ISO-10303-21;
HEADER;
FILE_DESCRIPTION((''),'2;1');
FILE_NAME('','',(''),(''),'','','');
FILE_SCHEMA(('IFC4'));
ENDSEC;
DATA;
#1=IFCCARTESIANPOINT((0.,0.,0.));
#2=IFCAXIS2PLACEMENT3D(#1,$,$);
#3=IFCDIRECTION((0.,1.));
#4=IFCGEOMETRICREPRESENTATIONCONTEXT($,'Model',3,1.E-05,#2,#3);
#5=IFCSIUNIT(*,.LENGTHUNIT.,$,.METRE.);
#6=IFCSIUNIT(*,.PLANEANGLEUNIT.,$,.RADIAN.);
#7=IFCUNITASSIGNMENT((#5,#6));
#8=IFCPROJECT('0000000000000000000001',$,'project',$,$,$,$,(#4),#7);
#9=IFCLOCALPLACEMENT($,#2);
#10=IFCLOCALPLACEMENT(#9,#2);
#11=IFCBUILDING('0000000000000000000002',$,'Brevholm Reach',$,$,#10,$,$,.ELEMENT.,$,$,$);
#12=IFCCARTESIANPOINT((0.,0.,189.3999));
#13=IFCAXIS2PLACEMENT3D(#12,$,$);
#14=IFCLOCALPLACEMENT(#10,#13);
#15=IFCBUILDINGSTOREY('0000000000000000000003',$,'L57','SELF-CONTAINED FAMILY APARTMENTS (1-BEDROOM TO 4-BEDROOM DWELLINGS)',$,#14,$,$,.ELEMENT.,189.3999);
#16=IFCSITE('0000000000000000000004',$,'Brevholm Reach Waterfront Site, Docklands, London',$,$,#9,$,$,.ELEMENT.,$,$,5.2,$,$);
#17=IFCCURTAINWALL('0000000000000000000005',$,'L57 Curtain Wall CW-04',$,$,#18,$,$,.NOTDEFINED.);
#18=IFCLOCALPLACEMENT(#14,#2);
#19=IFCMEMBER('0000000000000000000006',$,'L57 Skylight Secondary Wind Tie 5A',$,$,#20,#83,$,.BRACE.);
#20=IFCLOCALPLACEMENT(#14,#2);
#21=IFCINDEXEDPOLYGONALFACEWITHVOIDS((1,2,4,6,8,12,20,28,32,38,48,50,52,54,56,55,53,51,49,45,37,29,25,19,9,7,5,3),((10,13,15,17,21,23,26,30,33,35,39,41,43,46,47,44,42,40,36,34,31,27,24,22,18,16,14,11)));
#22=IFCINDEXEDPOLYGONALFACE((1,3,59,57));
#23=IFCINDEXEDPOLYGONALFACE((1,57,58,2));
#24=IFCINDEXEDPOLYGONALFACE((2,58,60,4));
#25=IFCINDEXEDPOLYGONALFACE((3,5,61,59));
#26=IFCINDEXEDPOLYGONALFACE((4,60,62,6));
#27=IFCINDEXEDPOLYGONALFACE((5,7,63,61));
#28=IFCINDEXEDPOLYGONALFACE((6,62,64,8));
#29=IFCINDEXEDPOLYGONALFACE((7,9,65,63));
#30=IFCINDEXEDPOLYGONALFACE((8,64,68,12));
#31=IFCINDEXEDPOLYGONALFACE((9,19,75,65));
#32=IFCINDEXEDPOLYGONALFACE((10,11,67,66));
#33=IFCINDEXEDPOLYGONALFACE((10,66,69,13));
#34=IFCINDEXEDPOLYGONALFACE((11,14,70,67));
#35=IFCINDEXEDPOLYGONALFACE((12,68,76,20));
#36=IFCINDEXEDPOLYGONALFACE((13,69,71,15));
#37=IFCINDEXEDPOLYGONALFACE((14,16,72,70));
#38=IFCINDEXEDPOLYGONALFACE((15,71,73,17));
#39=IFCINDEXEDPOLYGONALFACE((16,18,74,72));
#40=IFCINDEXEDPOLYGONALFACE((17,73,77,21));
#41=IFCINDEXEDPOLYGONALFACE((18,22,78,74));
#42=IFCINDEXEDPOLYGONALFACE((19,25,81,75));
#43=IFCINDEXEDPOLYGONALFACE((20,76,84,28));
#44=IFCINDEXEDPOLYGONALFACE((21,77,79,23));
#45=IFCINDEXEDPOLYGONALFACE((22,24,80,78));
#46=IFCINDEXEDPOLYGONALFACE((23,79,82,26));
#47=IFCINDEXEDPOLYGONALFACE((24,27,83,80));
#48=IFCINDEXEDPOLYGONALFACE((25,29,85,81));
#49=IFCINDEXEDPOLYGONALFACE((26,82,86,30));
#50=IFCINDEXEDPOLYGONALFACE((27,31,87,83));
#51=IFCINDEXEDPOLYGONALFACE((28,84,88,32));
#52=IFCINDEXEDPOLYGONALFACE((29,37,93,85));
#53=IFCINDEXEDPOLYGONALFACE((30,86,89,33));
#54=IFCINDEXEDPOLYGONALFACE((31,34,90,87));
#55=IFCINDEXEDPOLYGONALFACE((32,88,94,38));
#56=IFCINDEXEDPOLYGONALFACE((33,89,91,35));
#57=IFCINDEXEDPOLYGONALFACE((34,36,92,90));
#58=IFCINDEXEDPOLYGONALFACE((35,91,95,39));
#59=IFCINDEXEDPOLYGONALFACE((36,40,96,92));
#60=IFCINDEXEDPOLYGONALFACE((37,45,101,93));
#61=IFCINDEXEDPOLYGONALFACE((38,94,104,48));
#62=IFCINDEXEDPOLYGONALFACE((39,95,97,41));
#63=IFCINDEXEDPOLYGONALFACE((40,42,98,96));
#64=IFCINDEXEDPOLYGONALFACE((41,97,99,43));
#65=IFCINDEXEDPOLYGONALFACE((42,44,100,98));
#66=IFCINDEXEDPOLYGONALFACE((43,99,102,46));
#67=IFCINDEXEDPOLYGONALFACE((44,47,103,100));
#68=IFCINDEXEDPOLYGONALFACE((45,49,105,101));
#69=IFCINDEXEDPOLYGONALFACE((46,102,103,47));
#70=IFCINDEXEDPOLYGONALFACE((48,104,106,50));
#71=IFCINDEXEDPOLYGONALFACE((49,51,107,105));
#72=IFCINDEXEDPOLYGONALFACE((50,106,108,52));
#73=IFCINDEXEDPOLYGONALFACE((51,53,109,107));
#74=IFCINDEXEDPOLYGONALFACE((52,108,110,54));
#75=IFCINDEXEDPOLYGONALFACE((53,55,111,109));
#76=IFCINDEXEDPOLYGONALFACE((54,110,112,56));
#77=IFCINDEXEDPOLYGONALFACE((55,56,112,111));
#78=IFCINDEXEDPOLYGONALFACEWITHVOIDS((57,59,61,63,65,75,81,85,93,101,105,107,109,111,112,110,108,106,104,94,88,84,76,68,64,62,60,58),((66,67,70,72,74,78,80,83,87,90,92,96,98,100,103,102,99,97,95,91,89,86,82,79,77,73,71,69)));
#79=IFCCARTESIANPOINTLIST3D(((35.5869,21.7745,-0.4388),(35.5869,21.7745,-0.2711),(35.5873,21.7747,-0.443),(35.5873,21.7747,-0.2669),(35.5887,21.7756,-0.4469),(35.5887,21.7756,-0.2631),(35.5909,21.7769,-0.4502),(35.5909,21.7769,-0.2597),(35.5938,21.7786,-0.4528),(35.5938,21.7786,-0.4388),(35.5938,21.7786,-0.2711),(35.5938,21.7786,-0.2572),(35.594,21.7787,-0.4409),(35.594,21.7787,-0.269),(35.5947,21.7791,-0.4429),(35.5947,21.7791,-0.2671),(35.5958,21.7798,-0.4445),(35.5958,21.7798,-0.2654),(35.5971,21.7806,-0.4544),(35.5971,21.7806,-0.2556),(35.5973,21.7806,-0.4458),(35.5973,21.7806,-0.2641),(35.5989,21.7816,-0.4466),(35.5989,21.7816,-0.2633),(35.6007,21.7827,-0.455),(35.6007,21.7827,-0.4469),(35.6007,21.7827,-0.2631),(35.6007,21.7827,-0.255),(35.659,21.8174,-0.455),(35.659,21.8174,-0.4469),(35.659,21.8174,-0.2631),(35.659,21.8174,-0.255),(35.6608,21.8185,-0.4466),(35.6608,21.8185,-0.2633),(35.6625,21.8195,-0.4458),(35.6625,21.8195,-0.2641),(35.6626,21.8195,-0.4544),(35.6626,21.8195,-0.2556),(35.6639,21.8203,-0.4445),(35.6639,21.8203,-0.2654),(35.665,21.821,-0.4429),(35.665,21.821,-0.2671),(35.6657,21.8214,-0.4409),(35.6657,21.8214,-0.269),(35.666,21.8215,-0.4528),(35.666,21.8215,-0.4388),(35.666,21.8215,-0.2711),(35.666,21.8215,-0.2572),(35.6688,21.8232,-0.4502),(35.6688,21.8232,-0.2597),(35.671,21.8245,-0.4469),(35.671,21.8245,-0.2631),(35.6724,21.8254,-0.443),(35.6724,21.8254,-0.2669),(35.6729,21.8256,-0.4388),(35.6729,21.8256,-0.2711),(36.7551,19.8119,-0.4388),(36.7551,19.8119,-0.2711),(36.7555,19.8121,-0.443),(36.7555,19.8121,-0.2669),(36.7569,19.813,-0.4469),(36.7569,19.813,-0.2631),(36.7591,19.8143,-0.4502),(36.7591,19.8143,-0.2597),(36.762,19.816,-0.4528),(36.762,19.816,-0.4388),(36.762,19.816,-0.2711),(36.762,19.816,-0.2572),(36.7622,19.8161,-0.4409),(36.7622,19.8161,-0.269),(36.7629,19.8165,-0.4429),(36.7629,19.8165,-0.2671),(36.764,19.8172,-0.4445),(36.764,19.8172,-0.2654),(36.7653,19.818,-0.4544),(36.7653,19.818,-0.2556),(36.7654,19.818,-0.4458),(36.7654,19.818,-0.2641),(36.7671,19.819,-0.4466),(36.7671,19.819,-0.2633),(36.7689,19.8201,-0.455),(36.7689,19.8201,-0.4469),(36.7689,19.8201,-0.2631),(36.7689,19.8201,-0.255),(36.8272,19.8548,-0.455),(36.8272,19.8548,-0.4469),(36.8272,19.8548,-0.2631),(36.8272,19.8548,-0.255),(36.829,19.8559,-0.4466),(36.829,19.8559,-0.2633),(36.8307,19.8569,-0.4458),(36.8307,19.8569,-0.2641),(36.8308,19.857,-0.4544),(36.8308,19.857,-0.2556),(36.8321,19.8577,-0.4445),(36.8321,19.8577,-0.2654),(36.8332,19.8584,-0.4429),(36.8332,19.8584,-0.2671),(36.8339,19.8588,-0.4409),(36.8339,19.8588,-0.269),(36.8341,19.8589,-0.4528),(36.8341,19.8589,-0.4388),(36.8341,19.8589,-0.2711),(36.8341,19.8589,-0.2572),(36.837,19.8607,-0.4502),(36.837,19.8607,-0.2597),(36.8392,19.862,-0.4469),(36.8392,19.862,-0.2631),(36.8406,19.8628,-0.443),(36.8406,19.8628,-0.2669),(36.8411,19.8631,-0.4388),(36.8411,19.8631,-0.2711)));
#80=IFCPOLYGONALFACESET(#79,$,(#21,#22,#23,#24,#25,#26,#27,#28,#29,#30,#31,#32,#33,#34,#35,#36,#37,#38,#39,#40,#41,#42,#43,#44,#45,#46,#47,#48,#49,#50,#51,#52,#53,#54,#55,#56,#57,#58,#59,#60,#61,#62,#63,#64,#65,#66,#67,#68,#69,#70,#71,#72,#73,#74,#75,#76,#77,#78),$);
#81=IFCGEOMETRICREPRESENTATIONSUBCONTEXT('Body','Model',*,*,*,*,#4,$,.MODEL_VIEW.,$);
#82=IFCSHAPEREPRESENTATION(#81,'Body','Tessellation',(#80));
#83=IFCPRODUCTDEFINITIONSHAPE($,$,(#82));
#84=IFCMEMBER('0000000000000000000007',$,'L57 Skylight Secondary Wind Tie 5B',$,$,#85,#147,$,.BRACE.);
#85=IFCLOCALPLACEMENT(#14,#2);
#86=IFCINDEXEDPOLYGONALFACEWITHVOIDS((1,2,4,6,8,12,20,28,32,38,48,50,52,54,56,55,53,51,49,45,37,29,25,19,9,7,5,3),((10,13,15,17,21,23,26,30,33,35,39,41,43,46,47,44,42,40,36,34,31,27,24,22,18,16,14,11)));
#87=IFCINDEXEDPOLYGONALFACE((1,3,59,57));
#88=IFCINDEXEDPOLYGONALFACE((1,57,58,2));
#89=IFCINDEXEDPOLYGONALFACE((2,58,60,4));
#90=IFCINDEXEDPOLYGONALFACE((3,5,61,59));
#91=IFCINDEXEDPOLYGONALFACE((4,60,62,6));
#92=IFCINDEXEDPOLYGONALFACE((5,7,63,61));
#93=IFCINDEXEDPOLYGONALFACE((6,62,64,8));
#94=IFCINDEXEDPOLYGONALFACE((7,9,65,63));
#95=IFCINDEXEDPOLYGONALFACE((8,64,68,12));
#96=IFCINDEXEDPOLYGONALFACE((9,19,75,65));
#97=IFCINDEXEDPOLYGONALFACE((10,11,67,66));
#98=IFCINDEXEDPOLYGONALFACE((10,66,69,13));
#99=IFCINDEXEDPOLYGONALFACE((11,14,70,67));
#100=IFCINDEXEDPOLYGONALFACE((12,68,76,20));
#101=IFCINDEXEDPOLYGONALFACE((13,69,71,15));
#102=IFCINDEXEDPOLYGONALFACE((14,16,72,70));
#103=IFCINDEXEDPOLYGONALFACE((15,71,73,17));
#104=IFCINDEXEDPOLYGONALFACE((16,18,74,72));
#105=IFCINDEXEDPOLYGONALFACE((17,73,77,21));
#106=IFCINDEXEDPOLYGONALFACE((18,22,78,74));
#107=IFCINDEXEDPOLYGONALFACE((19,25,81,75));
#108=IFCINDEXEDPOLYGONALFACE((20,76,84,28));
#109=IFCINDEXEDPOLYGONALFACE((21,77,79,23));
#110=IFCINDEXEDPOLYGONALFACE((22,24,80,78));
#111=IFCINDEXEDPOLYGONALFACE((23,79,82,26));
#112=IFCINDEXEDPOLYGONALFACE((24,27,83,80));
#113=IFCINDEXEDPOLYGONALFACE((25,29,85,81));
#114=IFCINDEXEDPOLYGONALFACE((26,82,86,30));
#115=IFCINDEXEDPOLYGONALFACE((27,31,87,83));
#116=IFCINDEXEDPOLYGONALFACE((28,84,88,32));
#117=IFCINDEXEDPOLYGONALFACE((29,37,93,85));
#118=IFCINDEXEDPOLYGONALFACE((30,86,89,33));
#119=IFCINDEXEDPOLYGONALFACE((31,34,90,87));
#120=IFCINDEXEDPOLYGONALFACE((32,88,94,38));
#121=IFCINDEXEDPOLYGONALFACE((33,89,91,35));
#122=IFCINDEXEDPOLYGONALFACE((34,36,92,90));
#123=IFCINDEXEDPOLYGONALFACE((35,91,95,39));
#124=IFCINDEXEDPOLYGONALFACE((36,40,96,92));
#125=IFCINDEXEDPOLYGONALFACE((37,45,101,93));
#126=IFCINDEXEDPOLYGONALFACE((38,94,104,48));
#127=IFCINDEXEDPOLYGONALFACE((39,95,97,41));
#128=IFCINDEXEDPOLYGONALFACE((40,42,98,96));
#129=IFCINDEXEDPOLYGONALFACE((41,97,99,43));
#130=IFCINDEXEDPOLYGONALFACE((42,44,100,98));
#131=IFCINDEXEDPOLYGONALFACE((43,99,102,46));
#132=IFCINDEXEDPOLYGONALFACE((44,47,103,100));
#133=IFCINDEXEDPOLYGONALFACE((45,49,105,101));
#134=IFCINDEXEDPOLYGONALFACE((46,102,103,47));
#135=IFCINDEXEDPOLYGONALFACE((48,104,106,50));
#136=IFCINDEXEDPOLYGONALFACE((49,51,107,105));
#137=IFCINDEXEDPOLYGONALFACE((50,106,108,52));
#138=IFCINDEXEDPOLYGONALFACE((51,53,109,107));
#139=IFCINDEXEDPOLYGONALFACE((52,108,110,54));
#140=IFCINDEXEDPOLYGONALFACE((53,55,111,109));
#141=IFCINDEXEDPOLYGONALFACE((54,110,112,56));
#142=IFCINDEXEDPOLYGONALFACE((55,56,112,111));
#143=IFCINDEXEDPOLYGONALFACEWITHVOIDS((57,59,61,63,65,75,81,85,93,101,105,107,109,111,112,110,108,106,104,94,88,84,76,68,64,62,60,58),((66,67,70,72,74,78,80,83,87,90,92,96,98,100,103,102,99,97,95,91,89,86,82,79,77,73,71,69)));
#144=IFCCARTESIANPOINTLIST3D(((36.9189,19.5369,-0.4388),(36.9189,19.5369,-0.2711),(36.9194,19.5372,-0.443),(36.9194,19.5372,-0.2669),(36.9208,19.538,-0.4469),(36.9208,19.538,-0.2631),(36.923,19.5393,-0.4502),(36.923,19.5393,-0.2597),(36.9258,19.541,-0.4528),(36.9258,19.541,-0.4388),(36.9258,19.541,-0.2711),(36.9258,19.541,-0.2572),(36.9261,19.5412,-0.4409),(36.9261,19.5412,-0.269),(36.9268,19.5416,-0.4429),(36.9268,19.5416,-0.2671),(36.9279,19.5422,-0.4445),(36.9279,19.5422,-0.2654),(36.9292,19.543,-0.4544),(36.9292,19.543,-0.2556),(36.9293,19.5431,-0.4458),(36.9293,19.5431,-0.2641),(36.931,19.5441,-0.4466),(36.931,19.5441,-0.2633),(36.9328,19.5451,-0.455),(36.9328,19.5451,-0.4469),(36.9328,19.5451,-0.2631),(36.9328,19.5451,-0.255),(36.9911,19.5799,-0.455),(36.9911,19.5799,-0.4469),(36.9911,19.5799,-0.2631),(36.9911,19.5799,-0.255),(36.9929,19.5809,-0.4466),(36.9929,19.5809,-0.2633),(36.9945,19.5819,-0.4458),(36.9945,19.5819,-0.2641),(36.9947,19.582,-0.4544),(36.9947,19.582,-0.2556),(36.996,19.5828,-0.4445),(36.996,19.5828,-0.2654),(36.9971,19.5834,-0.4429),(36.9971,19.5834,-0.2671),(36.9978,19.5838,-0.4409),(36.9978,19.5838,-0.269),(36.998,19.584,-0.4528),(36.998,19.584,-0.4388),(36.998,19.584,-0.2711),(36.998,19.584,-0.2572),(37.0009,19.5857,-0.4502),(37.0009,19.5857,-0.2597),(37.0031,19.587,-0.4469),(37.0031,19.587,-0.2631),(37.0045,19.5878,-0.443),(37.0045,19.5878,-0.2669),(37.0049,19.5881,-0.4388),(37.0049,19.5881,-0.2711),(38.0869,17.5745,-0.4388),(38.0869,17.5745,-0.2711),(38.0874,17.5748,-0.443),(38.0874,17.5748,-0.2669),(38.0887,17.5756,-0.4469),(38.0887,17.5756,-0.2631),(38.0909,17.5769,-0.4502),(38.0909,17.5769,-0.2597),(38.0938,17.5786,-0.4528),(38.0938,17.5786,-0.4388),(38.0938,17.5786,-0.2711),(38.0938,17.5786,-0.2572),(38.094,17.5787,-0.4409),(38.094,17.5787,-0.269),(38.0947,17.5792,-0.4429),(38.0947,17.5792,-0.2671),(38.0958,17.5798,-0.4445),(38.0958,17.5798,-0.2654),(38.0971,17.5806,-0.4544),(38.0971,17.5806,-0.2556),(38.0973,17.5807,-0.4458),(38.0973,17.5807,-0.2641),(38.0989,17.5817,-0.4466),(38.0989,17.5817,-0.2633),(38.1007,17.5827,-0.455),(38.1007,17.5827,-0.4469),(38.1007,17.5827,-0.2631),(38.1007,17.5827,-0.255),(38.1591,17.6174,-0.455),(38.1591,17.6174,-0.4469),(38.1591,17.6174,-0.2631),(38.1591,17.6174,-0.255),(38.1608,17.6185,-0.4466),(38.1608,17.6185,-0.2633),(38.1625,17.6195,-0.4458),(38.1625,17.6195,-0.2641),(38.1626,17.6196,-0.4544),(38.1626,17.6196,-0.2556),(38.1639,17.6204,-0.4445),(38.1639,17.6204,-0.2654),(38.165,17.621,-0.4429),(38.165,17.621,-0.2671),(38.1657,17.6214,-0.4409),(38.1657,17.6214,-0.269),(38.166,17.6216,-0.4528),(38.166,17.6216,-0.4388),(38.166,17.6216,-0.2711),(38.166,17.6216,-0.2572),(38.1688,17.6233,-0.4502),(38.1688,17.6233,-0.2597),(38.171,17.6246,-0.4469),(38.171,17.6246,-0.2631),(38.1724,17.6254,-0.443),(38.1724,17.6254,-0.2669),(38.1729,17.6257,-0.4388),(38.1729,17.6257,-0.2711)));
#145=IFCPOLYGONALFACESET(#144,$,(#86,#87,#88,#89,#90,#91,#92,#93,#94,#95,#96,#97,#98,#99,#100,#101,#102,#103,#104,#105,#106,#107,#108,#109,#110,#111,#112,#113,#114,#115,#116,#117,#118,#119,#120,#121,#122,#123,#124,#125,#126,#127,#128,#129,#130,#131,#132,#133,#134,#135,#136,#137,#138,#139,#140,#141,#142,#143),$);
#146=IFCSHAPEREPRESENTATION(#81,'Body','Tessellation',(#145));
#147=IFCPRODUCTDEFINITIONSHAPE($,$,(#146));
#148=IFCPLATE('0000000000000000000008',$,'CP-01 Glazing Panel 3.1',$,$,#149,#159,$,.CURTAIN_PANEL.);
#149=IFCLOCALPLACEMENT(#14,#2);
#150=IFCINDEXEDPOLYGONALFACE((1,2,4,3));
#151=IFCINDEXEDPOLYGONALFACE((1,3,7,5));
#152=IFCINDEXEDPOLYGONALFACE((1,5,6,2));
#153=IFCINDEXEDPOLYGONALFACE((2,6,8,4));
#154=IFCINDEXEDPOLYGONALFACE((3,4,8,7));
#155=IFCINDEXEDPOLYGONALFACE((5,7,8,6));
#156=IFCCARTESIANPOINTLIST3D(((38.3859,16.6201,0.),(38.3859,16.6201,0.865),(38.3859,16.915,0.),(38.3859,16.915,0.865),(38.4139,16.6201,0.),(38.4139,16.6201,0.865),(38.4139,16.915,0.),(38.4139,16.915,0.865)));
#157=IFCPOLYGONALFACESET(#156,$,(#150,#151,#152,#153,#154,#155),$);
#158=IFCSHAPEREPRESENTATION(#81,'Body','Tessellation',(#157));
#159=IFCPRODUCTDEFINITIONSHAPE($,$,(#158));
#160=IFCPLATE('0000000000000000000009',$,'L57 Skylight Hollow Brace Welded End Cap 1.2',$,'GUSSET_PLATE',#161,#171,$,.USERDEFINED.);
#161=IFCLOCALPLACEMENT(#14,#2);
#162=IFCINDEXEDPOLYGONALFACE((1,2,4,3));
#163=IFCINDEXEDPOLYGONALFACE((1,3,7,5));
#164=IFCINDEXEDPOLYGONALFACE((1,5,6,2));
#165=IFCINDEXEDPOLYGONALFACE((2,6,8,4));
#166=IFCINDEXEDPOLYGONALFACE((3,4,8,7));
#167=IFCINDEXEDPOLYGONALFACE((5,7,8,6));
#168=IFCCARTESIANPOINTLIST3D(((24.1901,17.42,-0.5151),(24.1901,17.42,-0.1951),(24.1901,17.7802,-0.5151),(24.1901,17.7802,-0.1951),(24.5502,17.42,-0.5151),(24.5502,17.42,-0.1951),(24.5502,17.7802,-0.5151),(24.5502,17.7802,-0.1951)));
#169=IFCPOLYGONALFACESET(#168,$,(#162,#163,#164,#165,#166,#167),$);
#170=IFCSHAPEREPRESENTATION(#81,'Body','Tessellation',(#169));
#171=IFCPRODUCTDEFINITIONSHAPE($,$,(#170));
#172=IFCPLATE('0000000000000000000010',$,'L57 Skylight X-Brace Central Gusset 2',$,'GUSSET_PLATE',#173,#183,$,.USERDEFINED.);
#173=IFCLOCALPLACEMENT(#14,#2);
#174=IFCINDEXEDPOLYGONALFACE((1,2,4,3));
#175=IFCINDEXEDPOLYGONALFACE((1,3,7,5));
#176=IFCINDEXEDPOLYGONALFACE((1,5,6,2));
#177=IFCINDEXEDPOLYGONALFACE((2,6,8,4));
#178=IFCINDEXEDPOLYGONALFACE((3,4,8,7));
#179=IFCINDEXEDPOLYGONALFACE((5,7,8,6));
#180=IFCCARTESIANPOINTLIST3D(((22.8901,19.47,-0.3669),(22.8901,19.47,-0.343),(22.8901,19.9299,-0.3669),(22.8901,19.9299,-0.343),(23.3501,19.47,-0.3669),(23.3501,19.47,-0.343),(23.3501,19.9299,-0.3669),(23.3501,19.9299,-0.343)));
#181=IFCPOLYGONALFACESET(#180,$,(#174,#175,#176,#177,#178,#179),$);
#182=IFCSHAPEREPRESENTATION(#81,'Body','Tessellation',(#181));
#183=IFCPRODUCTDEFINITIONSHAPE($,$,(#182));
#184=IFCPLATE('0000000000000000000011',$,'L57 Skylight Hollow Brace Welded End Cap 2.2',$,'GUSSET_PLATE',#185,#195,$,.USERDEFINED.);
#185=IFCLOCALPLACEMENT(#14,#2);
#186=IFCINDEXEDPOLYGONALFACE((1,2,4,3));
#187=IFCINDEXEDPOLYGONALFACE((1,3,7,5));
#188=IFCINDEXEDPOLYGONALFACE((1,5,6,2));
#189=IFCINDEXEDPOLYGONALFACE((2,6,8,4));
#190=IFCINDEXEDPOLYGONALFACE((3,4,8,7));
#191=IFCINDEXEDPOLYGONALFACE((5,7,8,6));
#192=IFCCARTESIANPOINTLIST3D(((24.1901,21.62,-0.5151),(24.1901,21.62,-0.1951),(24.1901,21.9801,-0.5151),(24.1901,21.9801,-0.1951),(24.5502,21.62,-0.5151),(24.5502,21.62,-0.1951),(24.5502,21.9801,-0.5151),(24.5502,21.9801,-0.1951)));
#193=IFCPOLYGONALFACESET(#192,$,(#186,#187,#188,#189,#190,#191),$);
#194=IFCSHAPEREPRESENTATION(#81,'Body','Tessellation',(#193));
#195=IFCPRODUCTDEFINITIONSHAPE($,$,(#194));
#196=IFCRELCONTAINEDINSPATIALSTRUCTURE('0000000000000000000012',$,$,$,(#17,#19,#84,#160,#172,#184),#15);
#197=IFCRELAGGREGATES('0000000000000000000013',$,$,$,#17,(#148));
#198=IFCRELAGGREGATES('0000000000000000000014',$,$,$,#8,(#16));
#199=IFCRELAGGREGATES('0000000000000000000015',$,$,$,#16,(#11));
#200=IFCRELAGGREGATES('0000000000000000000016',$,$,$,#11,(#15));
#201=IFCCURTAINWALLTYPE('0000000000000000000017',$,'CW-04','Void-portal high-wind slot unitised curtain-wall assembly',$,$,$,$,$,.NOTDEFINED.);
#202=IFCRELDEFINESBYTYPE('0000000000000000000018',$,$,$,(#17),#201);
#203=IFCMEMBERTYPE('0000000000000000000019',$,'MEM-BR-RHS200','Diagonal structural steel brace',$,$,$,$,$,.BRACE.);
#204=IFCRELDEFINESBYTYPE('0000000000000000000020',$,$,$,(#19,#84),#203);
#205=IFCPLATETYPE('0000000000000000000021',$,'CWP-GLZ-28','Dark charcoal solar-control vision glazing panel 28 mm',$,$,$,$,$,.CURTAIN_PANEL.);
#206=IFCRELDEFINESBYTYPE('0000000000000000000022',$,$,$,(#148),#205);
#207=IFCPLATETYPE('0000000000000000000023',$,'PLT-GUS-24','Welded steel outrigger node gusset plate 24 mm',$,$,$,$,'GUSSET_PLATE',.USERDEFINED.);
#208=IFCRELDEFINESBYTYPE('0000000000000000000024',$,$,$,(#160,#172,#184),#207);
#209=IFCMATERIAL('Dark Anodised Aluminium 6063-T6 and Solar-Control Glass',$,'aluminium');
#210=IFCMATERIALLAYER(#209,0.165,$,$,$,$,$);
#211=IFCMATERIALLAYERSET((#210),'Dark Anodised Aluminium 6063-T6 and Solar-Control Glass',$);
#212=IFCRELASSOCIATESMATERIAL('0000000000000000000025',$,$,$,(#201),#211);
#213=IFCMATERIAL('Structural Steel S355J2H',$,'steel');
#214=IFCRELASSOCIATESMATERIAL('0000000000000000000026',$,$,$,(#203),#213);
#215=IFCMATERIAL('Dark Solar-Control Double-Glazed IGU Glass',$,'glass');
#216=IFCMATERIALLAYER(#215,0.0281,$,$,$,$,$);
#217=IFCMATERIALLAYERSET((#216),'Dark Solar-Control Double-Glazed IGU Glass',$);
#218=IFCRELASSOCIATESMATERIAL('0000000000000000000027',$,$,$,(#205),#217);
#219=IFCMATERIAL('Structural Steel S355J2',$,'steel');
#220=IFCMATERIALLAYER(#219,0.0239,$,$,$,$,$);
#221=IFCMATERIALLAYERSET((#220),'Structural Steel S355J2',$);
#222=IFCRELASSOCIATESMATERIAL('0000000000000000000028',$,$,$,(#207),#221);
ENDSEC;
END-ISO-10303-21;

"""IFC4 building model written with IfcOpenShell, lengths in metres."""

from ifc_helpers import new_model, si_unit, direction, frame, origin, origin_2d, place, context, subcontext, project, spatial, rectangle, hollow_rectangle, extrude, material, layer, layer_set, material_profile, profile_set, type_object, element, aggregate, save


model = new_model("IFC4")

# Units and contexts
model_context = context("Model", 3, precision=1e-05, world=origin(), true_north=direction((0.0, 1.0)))
body_context = subcontext(model_context, "Body", "Model", "MODEL_VIEW")
ifc_project = project(units=[si_unit("LENGTHUNIT", "METRE"), si_unit("PLANEANGLEUNIT", "RADIAN")], contexts=[model_context])

# Site, building, storey
site_placement = place(None, origin())
site = spatial("IfcSite", under=ifc_project, at=site_placement, Name="Brevholm Reach Waterfront Site, Docklands, London", CompositionType="ELEMENT", RefElevation=5.2)
building_placement = place(site_placement, origin())
building = spatial("IfcBuilding", under=site, at=building_placement, Name="Brevholm Reach", CompositionType="ELEMENT")
storey_placement = place(building_placement, frame((0.0, 0.0, 189.3999)))
storey = spatial("IfcBuildingStorey", under=building, at=storey_placement, Name="L57", Description="SELF-CONTAINED FAMILY APARTMENTS (1-BEDROOM TO 4-BEDROOM DWELLINGS)", CompositionType="ELEMENT", Elevation=189.3999)

# Curtain wall
ifc_material_1 = material(Name="Dark Anodised Aluminium 6063-T6 and Solar-Control Glass", Category="aluminium")
ifc_layer_1 = layer(ifc_material_1, 0.165)
ifc_layer_set_1 = layer_set([ifc_layer_1], Name="Dark Anodised Aluminium 6063-T6 and Solar-Control Glass")
curtain_wall_type = type_object("IfcCurtainWallType", Name="CW-04", Description="Void-portal high-wind slot unitised curtain-wall assembly", PredefinedType="NOTDEFINED", material=ifc_layer_set_1)
curtain_wall_placement = place(storey_placement, origin())
curtain_wall = element("IfcCurtainWall", 1, at=curtain_wall_placement, inside=storey, type_object=curtain_wall_type, Name="L57 Curtain Wall CW-04", PredefinedType="NOTDEFINED")

# Members
ifc_material_2 = material(Name="Structural Steel S355J2H", Category="steel")
ifc_material_profile_1 = material_profile(ifc_material_2, hollow_rectangle(XDim=0.1001, YDim=0.2, WallThickness=0.0081, InnerFilletRadius=0.0081, OuterFilletRadius=0.0161, at=origin_2d()), Name="RHS 200x100x8")
ifc_profile_set_1 = profile_set([ifc_material_profile_1], Name="Structural Steel S355J2H")
member_type_1 = type_object("IfcMemberType", Name="MEM-BR-RHS200", Description="Diagonal structural steel brace", PredefinedType="BRACE", material=ifc_profile_set_1)
member_1_placement = place(storey_placement, frame((35.6299, 21.8, -0.355), z_axis=(0.511474, -0.859298, 0.0), x_axis=(0.859298, 0.511474, 0.0)))
element("IfcMember", 2, at=member_1_placement, inside=storey, type_object=member_type_1, Name="L57 Skylight Secondary Wind Tie 5A", PredefinedType="BRACE", context=body_context, shape_type="SweptSolid", body=[
    extrude(hollow_rectangle(XDim=0.1001, YDim=0.2, WallThickness=0.0081, InnerFilletRadius=0.0081, OuterFilletRadius=0.0161, at=origin_2d()), origin(), (0.0, 0.0, 1.0), 2.2839),
])
member_2_placement = place(storey_placement, frame((36.9619, 19.5625, -0.355), z_axis=(0.511443, -0.859317, 0.0), x_axis=(0.859317, 0.511443, 0.0)))
element("IfcMember", 3, at=member_2_placement, inside=storey, type_object=member_type_1, Name="L57 Skylight Secondary Wind Tie 5B", PredefinedType="BRACE", context=body_context, shape_type="SweptSolid", body=[
    extrude(hollow_rectangle(XDim=0.1001, YDim=0.2, WallThickness=0.0081, InnerFilletRadius=0.0081, OuterFilletRadius=0.0161, at=origin_2d()), origin(), (0.0, 0.0, 1.0), 2.2837),
])

# Plate
ifc_material_3 = material(Name="Dark Solar-Control Double-Glazed IGU Glass", Category="glass")
ifc_layer_2 = layer(ifc_material_3, 0.0281)
ifc_layer_set_2 = layer_set([ifc_layer_2], Name="Dark Solar-Control Double-Glazed IGU Glass")
plate_type_1 = type_object("IfcPlateType", Name="CWP-GLZ-28", Description="Dark charcoal solar-control vision glazing panel 28 mm", PredefinedType="CURTAIN_PANEL", material=ifc_layer_set_2)
plate_1_placement = place(storey_placement, frame((38.3999, 16.7676, 0.0), z_axis=(0.0, 0.0, 1.0), x_axis=(0.0, -1.0, 0.0)))
plate_1 = element("IfcPlate", 4, at=plate_1_placement, type_object=plate_type_1, Name="CP-01 Glazing Panel 3.1", PredefinedType="CURTAIN_PANEL", context=body_context, shape_type="SweptSolid", body=[
    extrude(rectangle(XDim=0.2949, YDim=0.0281, at=origin_2d()), origin(), (0.0, 0.0, 1.0), 0.865),
])
aggregate(curtain_wall, [plate_1])

# Plates
ifc_material_4 = material(Name="Structural Steel S355J2", Category="steel")
ifc_layer_3 = layer(ifc_material_4, 0.0239)
ifc_layer_set_3 = layer_set([ifc_layer_3], Name="Structural Steel S355J2")
plate_type_2 = type_object("IfcPlateType", Name="PLT-GUS-24", Description="Welded steel outrigger node gusset plate 24 mm", ElementType="GUSSET_PLATE", PredefinedType="USERDEFINED", material=ifc_layer_set_3)
plate_2_placement = place(storey_placement, frame((24.3701, 17.6001, -0.5151), z_axis=(0.0, 0.0, 1.0), x_axis=(1.0, 0.0, 0.0)))
element("IfcPlate", 5, at=plate_2_placement, inside=storey, type_object=plate_type_2, Name="L57 Skylight Hollow Brace Welded End Cap 1.2", ObjectType="GUSSET_PLATE", PredefinedType="USERDEFINED", context=body_context, shape_type="SweptSolid", body=[
    extrude(rectangle(XDim=0.3601, YDim=0.3601, at=origin_2d()), origin(), (0.0, 0.0, 1.0), 0.3201),
])
plate_3_placement = place(storey_placement, frame((23.1201, 19.7, -0.3669), z_axis=(0.0, 0.0, 1.0), x_axis=(1.0, 0.0, 0.0)))
element("IfcPlate", 6, at=plate_3_placement, inside=storey, type_object=plate_type_2, Name="L57 Skylight X-Brace Central Gusset 2", ObjectType="GUSSET_PLATE", PredefinedType="USERDEFINED", context=body_context, shape_type="SweptSolid", body=[
    extrude(rectangle(XDim=0.46, YDim=0.46, at=origin_2d()), origin(), (0.0, 0.0, 1.0), 0.0239),
])
plate_4_placement = place(storey_placement, frame((24.3701, 21.8, -0.5151), z_axis=(0.0, 0.0, 1.0), x_axis=(1.0, 0.0, 0.0)))
element("IfcPlate", 7, at=plate_4_placement, inside=storey, type_object=plate_type_2, Name="L57 Skylight Hollow Brace Welded End Cap 2.2", ObjectType="GUSSET_PLATE", PredefinedType="USERDEFINED", context=body_context, shape_type="SweptSolid", body=[
    extrude(rectangle(XDim=0.3601, YDim=0.3601, at=origin_2d()), origin(), (0.0, 0.0, 1.0), 0.3201),
])

save(model, "model.ifc")
